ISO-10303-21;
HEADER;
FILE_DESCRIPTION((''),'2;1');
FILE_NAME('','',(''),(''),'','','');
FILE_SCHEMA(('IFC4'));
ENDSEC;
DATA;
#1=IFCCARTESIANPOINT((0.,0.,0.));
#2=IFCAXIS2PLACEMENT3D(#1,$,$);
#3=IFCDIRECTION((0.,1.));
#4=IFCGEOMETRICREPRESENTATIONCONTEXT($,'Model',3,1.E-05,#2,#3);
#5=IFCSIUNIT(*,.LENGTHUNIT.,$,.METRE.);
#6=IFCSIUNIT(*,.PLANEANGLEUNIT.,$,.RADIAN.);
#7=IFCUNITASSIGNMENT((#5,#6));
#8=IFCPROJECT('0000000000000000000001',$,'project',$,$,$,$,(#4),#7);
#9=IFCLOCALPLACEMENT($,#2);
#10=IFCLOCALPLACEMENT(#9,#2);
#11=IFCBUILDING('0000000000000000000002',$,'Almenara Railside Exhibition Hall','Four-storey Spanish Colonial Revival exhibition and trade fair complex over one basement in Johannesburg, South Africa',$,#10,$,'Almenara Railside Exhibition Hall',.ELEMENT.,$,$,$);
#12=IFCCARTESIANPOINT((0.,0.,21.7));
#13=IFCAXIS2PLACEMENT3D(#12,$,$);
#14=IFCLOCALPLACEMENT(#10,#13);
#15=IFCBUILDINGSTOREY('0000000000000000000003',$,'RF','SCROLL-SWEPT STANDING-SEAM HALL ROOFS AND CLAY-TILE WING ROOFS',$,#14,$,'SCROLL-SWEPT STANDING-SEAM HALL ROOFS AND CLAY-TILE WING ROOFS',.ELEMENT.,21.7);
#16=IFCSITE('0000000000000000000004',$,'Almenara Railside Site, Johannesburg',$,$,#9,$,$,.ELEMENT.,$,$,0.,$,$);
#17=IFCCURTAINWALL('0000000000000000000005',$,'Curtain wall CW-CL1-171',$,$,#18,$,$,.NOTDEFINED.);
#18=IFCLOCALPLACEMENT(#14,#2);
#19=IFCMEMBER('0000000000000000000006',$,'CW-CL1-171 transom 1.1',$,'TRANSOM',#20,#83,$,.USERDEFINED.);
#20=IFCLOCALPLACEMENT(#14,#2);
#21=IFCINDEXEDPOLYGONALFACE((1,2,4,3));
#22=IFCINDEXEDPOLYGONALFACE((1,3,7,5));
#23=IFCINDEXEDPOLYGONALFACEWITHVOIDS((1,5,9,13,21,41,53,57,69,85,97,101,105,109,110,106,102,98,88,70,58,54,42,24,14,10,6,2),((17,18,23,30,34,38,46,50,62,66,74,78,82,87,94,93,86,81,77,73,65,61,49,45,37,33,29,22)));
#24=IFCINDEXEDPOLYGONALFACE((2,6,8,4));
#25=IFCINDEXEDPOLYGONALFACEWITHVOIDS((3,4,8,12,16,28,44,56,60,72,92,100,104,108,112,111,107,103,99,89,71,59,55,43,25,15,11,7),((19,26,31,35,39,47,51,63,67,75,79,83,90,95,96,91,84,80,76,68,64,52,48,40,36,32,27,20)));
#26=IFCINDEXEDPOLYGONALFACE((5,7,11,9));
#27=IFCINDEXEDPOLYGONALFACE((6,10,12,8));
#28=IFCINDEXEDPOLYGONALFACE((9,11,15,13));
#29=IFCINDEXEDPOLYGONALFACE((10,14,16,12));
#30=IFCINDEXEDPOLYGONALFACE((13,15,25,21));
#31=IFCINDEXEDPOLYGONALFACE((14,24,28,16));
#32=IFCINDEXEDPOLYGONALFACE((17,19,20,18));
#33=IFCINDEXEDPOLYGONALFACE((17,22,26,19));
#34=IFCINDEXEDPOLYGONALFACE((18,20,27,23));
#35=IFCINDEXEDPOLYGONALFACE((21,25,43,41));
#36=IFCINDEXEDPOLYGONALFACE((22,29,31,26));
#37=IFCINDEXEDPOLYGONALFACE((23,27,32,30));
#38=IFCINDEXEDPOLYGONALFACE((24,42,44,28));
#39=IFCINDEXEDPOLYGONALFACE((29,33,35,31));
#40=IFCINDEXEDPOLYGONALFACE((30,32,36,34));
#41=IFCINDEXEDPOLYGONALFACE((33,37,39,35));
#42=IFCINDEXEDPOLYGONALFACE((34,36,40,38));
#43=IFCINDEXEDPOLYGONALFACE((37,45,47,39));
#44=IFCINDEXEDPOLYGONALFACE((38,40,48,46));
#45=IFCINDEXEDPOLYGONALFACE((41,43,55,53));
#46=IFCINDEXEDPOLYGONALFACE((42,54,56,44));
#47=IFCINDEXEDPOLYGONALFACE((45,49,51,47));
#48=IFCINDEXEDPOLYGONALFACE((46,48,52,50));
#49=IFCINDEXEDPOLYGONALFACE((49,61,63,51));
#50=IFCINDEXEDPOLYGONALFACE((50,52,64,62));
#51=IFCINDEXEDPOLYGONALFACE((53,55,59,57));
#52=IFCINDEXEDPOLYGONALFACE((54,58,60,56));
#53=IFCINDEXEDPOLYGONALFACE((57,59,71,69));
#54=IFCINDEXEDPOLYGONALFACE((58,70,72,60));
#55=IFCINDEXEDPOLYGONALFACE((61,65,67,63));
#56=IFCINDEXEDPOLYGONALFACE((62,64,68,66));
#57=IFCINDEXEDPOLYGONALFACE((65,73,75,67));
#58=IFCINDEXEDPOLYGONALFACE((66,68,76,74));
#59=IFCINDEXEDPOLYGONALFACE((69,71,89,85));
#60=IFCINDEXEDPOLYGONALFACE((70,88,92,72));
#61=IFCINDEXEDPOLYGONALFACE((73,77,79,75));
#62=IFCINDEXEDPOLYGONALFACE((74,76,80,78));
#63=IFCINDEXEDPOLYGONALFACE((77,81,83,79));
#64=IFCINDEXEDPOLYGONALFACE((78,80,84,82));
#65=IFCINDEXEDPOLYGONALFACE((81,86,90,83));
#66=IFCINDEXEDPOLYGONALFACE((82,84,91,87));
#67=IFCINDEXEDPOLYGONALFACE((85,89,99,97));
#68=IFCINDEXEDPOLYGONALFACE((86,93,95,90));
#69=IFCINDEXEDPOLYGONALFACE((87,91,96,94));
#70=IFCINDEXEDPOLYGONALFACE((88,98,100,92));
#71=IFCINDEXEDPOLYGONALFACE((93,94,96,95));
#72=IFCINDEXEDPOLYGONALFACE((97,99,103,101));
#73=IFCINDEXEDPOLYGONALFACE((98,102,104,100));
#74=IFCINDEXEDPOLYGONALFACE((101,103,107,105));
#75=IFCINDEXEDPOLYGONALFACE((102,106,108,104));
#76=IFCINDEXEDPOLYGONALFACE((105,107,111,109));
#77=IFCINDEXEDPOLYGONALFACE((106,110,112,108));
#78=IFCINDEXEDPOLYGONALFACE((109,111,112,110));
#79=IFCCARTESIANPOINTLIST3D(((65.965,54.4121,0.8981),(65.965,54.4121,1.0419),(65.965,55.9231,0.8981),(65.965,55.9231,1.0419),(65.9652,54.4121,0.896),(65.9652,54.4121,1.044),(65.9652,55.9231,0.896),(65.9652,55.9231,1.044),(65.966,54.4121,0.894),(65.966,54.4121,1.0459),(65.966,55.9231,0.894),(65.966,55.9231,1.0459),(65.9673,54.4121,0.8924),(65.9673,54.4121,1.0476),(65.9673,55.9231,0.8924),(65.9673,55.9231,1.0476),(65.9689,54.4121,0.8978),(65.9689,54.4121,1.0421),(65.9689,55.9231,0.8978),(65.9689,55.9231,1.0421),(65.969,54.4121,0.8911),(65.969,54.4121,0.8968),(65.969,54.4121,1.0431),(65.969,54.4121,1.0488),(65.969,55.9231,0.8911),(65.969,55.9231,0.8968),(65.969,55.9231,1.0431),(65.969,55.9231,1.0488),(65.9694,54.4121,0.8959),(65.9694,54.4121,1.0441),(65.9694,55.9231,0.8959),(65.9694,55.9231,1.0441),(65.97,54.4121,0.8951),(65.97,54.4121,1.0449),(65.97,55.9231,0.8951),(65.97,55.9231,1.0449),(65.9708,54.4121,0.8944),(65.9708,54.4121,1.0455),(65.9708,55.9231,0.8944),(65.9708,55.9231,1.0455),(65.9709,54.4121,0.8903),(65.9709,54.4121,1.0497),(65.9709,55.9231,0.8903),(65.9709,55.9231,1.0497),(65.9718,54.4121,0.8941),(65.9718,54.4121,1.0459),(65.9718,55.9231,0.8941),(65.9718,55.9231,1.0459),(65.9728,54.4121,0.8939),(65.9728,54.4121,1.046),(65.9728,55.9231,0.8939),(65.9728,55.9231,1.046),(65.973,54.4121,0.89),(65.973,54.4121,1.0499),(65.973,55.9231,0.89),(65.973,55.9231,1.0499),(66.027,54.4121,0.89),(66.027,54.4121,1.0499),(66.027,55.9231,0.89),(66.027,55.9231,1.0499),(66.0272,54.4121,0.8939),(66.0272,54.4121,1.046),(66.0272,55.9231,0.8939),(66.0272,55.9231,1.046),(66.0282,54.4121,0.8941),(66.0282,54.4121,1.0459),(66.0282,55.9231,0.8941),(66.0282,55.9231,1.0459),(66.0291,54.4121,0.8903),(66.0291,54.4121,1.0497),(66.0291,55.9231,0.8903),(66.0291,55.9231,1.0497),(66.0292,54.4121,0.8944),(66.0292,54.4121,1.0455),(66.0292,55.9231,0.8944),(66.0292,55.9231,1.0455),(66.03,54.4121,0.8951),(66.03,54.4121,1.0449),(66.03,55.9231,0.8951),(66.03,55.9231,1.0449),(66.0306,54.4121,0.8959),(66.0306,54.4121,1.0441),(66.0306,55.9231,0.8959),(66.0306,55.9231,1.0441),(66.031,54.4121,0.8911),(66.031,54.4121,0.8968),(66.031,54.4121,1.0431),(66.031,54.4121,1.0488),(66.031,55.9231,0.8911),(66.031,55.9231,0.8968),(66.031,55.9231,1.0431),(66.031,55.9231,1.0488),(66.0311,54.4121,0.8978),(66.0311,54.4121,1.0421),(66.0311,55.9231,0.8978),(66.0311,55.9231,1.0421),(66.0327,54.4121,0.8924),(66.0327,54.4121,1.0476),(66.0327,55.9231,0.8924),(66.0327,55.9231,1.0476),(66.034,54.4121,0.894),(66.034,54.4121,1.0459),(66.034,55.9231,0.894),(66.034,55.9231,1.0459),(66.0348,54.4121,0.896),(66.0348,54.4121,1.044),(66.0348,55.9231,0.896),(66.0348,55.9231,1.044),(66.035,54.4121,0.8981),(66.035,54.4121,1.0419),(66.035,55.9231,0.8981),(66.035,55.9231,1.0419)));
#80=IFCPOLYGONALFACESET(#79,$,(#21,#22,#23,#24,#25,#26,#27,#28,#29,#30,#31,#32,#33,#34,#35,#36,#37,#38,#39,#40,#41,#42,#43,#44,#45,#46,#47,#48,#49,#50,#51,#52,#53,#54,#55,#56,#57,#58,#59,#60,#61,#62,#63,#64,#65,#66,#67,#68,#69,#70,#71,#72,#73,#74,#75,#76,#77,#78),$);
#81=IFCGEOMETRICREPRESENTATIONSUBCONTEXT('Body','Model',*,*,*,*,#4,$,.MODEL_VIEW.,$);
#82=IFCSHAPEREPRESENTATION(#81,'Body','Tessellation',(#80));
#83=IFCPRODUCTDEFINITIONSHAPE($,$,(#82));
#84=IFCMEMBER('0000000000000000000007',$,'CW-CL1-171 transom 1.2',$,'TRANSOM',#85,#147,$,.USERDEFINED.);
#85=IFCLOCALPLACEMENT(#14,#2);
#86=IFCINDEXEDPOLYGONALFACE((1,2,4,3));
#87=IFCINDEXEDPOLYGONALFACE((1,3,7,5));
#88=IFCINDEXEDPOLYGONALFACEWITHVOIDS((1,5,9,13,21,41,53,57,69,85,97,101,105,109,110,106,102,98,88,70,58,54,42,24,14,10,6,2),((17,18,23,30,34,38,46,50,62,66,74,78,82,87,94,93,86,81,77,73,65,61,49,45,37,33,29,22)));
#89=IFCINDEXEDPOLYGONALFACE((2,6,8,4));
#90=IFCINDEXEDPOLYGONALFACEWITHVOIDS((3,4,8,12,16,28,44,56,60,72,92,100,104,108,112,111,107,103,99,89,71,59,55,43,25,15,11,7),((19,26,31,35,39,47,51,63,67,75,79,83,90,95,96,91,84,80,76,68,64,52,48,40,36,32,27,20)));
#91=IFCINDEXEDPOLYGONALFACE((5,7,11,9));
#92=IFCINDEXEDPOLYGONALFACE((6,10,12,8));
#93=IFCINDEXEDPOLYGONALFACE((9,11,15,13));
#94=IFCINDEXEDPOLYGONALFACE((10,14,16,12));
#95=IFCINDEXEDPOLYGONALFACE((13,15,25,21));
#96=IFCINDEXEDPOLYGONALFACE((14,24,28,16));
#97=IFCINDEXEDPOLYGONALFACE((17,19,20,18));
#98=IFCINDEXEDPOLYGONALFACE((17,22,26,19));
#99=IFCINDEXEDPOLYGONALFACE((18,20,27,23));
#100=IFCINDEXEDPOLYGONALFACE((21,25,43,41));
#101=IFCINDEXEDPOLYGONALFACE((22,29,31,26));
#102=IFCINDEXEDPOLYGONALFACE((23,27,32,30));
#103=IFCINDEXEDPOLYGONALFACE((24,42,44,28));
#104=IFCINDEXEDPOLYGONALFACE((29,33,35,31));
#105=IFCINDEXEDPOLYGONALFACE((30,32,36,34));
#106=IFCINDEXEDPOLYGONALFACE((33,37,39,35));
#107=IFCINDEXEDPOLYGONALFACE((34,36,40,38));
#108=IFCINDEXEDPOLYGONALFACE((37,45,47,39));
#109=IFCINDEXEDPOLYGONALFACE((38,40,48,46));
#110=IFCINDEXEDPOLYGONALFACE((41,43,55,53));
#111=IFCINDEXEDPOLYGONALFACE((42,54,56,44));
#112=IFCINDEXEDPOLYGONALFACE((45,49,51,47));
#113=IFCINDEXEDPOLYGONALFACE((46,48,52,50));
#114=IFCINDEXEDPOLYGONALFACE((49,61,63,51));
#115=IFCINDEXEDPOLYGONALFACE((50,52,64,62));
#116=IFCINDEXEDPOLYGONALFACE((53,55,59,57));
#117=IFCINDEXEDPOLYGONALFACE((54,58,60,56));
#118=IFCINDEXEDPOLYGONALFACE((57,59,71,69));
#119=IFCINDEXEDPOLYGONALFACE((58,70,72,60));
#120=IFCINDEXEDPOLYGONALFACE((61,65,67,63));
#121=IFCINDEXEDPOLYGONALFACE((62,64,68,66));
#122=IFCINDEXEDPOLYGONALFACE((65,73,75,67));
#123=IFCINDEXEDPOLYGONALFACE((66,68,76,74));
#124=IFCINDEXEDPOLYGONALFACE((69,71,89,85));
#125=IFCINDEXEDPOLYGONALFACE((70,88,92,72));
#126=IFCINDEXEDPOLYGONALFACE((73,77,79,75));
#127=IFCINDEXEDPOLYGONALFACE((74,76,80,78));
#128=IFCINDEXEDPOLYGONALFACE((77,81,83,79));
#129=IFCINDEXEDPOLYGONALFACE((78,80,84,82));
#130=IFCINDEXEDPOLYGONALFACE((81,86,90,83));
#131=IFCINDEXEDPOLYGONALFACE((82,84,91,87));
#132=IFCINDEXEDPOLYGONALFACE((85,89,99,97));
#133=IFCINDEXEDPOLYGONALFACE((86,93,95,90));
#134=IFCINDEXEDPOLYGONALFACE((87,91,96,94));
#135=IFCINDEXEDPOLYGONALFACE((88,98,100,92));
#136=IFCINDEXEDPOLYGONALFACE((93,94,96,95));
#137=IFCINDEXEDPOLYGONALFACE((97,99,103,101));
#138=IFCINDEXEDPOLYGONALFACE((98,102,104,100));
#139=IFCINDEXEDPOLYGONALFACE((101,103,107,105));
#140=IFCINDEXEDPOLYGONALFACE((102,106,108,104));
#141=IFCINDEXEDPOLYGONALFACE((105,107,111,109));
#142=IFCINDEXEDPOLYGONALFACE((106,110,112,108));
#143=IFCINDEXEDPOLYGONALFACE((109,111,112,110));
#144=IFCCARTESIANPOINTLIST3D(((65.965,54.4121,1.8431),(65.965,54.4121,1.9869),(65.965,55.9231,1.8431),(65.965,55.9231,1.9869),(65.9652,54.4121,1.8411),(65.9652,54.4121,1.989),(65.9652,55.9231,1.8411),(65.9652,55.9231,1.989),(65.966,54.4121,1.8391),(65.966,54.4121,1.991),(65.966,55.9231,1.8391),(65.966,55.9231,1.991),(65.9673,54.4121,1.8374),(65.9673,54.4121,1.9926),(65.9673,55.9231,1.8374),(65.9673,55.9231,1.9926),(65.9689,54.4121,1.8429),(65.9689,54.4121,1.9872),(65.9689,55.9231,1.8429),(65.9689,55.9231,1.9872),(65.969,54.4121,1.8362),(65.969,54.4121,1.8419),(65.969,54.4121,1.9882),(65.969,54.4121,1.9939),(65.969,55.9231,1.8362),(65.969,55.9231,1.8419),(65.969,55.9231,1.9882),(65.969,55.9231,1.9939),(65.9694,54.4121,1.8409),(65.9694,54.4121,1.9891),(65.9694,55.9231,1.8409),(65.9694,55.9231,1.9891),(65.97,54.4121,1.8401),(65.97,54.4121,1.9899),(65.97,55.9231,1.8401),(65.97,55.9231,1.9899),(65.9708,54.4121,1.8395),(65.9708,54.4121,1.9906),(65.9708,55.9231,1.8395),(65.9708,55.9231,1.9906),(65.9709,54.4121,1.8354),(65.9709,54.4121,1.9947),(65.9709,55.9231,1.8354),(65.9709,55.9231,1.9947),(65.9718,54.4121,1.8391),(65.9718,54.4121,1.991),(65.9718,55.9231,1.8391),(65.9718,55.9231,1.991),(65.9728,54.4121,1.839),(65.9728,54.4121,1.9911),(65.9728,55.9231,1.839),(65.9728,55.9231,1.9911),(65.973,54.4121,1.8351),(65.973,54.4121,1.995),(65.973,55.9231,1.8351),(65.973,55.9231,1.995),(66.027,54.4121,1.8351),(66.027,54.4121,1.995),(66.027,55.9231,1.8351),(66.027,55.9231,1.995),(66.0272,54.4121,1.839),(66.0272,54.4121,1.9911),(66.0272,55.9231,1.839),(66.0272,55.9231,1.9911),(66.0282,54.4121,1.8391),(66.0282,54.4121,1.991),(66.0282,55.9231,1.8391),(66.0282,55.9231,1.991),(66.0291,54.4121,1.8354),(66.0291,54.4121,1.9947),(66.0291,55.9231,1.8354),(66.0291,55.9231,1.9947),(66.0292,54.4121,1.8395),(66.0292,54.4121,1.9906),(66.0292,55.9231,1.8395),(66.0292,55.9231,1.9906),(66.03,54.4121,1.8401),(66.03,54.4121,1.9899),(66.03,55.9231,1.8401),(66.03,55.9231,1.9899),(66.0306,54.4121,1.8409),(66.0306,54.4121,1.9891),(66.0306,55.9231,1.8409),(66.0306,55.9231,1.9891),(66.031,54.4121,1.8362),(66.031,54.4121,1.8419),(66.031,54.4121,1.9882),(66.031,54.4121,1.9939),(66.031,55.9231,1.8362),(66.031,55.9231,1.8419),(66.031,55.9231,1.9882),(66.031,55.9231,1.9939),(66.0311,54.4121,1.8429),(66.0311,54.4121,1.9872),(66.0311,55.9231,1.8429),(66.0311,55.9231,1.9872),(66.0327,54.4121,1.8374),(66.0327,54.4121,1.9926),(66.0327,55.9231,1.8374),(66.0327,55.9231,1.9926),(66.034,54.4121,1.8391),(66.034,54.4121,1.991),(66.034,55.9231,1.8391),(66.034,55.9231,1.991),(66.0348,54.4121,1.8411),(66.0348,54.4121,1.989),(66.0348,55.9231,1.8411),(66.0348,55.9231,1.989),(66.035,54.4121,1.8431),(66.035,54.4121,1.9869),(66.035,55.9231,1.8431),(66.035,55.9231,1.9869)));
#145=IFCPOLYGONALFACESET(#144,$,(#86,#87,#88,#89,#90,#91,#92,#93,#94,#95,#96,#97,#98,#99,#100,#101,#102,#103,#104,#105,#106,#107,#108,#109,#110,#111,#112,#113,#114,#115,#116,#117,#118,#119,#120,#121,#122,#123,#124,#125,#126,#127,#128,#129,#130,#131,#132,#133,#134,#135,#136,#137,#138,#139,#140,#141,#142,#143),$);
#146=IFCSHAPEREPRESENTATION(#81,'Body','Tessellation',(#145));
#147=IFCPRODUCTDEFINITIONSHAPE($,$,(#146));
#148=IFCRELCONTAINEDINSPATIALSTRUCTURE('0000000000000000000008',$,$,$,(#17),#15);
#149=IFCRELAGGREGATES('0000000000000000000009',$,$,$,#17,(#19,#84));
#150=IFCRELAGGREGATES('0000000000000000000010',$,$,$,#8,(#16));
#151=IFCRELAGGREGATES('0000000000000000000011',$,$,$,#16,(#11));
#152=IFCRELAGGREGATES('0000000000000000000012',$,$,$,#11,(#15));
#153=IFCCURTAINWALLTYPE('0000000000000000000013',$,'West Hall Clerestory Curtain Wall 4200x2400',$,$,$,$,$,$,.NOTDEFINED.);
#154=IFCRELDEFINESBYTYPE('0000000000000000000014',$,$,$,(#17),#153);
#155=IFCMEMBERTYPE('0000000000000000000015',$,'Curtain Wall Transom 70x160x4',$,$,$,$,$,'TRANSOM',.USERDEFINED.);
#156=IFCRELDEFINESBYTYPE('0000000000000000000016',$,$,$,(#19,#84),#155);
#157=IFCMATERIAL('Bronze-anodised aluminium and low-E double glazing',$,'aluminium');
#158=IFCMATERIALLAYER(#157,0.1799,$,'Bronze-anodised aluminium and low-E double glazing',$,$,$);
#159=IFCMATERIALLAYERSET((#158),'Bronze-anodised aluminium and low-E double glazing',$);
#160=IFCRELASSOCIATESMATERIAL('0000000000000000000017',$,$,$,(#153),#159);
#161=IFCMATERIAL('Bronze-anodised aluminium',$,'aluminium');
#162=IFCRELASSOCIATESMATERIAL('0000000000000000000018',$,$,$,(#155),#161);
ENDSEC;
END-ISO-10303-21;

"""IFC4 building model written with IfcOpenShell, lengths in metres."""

from ifc_helpers import new_model, si_unit, direction, frame, origin, origin_2d, place, context, subcontext, project, spatial, hollow_rectangle, extrude, material, layer, layer_set, material_profile, profile_set, type_object, element, aggregate, save


model = new_model("IFC4")

# Units and contexts
model_context = context("Model", 3, precision=1e-05, world=origin(), true_north=direction((0.0, 1.0)))
body_context = subcontext(model_context, "Body", "Model", "MODEL_VIEW")
ifc_project = project(units=[si_unit("LENGTHUNIT", "METRE"), si_unit("PLANEANGLEUNIT", "RADIAN")], contexts=[model_context])

# Site, building, storey
site_placement = place(None, origin())
site = spatial("IfcSite", under=ifc_project, at=site_placement, Name="Almenara Railside Site, Johannesburg", CompositionType="ELEMENT", RefElevation=0.0)
building_placement = place(site_placement, origin())
building = spatial("IfcBuilding", under=site, at=building_placement, Name="Almenara Railside Exhibition Hall", Description="Four-storey Spanish Colonial Revival exhibition and trade fair complex over one basement in Johannesburg, South Africa", LongName="Almenara Railside Exhibition Hall", CompositionType="ELEMENT")
storey_placement = place(building_placement, frame((0.0, 0.0, 21.7)))
storey = spatial("IfcBuildingStorey", under=building, at=storey_placement, Name="RF", Description="SCROLL-SWEPT STANDING-SEAM HALL ROOFS AND CLAY-TILE WING ROOFS", LongName="SCROLL-SWEPT STANDING-SEAM HALL ROOFS AND CLAY-TILE WING ROOFS", CompositionType="ELEMENT", Elevation=21.7)

# Curtain wall
ifc_material_1 = material(Name="Bronze-anodised aluminium and low-E double glazing", Category="aluminium")
ifc_layer_1 = layer(ifc_material_1, 0.1799, Name="Bronze-anodised aluminium and low-E double glazing")
ifc_layer_set_1 = layer_set([ifc_layer_1], Name="Bronze-anodised aluminium and low-E double glazing")
curtain_wall_type = type_object("IfcCurtainWallType", Name="West Hall Clerestory Curtain Wall 4200x2400", PredefinedType="NOTDEFINED", material=ifc_layer_set_1)
ifc_material_2 = material(Name="Bronze-anodised aluminium", Category="aluminium")
curtain_wall_1_placement = place(storey_placement, origin())
curtain_wall_1 = element("IfcCurtainWall", 1, at=curtain_wall_1_placement, inside=storey, type_object=curtain_wall_type, Name="Curtain wall CW-CL1-171", PredefinedType="NOTDEFINED")

# Members
ifc_material_profile_1 = material_profile(ifc_material_2, hollow_rectangle(XDim=0.0701, YDim=0.1599, WallThickness=0.0039, InnerFilletRadius=0.0039, OuterFilletRadius=0.0081, at=origin_2d()), Name="ALU-TRN 70x160x4")
ifc_profile_set_1 = profile_set([ifc_material_profile_1], Name="Bronze-anodised aluminium")
member_type_1 = type_object("IfcMemberType", Name="Curtain Wall Transom 70x160x4", ElementType="TRANSOM", PredefinedType="USERDEFINED", material=ifc_profile_set_1)
member_1_placement = place(storey_placement, frame((66.0, 54.4121, 0.97), z_axis=(0.0, 1.0, 0.0), x_axis=(-1.0, 0.0, 0.0)))
member_1 = element("IfcMember", 2, at=member_1_placement, type_object=member_type_1, Name="CW-CL1-171 transom 1.1", ObjectType="TRANSOM", PredefinedType="USERDEFINED", context=body_context, shape_type="SweptSolid", body=[
    extrude(hollow_rectangle(XDim=0.0701, YDim=0.1599, WallThickness=0.0039, InnerFilletRadius=0.0039, OuterFilletRadius=0.0081, at=origin_2d()), origin(), (0.0, 0.0, 1.0), 1.511),
])
member_2_placement = place(storey_placement, frame((66.0, 54.4121, 1.915), z_axis=(0.0, 1.0, 0.0), x_axis=(-1.0, 0.0, 0.0)))
member_2 = element("IfcMember", 3, at=member_2_placement, type_object=member_type_1, Name="CW-CL1-171 transom 1.2", ObjectType="TRANSOM", PredefinedType="USERDEFINED", context=body_context, shape_type="SweptSolid", body=[
    extrude(hollow_rectangle(XDim=0.0701, YDim=0.1599, WallThickness=0.0039, InnerFilletRadius=0.0039, OuterFilletRadius=0.0081, at=origin_2d()), origin(), (0.0, 0.0, 1.0), 1.511),
])

aggregate(curtain_wall_1, [member_1, member_2])

save(model, "model.ifc")
